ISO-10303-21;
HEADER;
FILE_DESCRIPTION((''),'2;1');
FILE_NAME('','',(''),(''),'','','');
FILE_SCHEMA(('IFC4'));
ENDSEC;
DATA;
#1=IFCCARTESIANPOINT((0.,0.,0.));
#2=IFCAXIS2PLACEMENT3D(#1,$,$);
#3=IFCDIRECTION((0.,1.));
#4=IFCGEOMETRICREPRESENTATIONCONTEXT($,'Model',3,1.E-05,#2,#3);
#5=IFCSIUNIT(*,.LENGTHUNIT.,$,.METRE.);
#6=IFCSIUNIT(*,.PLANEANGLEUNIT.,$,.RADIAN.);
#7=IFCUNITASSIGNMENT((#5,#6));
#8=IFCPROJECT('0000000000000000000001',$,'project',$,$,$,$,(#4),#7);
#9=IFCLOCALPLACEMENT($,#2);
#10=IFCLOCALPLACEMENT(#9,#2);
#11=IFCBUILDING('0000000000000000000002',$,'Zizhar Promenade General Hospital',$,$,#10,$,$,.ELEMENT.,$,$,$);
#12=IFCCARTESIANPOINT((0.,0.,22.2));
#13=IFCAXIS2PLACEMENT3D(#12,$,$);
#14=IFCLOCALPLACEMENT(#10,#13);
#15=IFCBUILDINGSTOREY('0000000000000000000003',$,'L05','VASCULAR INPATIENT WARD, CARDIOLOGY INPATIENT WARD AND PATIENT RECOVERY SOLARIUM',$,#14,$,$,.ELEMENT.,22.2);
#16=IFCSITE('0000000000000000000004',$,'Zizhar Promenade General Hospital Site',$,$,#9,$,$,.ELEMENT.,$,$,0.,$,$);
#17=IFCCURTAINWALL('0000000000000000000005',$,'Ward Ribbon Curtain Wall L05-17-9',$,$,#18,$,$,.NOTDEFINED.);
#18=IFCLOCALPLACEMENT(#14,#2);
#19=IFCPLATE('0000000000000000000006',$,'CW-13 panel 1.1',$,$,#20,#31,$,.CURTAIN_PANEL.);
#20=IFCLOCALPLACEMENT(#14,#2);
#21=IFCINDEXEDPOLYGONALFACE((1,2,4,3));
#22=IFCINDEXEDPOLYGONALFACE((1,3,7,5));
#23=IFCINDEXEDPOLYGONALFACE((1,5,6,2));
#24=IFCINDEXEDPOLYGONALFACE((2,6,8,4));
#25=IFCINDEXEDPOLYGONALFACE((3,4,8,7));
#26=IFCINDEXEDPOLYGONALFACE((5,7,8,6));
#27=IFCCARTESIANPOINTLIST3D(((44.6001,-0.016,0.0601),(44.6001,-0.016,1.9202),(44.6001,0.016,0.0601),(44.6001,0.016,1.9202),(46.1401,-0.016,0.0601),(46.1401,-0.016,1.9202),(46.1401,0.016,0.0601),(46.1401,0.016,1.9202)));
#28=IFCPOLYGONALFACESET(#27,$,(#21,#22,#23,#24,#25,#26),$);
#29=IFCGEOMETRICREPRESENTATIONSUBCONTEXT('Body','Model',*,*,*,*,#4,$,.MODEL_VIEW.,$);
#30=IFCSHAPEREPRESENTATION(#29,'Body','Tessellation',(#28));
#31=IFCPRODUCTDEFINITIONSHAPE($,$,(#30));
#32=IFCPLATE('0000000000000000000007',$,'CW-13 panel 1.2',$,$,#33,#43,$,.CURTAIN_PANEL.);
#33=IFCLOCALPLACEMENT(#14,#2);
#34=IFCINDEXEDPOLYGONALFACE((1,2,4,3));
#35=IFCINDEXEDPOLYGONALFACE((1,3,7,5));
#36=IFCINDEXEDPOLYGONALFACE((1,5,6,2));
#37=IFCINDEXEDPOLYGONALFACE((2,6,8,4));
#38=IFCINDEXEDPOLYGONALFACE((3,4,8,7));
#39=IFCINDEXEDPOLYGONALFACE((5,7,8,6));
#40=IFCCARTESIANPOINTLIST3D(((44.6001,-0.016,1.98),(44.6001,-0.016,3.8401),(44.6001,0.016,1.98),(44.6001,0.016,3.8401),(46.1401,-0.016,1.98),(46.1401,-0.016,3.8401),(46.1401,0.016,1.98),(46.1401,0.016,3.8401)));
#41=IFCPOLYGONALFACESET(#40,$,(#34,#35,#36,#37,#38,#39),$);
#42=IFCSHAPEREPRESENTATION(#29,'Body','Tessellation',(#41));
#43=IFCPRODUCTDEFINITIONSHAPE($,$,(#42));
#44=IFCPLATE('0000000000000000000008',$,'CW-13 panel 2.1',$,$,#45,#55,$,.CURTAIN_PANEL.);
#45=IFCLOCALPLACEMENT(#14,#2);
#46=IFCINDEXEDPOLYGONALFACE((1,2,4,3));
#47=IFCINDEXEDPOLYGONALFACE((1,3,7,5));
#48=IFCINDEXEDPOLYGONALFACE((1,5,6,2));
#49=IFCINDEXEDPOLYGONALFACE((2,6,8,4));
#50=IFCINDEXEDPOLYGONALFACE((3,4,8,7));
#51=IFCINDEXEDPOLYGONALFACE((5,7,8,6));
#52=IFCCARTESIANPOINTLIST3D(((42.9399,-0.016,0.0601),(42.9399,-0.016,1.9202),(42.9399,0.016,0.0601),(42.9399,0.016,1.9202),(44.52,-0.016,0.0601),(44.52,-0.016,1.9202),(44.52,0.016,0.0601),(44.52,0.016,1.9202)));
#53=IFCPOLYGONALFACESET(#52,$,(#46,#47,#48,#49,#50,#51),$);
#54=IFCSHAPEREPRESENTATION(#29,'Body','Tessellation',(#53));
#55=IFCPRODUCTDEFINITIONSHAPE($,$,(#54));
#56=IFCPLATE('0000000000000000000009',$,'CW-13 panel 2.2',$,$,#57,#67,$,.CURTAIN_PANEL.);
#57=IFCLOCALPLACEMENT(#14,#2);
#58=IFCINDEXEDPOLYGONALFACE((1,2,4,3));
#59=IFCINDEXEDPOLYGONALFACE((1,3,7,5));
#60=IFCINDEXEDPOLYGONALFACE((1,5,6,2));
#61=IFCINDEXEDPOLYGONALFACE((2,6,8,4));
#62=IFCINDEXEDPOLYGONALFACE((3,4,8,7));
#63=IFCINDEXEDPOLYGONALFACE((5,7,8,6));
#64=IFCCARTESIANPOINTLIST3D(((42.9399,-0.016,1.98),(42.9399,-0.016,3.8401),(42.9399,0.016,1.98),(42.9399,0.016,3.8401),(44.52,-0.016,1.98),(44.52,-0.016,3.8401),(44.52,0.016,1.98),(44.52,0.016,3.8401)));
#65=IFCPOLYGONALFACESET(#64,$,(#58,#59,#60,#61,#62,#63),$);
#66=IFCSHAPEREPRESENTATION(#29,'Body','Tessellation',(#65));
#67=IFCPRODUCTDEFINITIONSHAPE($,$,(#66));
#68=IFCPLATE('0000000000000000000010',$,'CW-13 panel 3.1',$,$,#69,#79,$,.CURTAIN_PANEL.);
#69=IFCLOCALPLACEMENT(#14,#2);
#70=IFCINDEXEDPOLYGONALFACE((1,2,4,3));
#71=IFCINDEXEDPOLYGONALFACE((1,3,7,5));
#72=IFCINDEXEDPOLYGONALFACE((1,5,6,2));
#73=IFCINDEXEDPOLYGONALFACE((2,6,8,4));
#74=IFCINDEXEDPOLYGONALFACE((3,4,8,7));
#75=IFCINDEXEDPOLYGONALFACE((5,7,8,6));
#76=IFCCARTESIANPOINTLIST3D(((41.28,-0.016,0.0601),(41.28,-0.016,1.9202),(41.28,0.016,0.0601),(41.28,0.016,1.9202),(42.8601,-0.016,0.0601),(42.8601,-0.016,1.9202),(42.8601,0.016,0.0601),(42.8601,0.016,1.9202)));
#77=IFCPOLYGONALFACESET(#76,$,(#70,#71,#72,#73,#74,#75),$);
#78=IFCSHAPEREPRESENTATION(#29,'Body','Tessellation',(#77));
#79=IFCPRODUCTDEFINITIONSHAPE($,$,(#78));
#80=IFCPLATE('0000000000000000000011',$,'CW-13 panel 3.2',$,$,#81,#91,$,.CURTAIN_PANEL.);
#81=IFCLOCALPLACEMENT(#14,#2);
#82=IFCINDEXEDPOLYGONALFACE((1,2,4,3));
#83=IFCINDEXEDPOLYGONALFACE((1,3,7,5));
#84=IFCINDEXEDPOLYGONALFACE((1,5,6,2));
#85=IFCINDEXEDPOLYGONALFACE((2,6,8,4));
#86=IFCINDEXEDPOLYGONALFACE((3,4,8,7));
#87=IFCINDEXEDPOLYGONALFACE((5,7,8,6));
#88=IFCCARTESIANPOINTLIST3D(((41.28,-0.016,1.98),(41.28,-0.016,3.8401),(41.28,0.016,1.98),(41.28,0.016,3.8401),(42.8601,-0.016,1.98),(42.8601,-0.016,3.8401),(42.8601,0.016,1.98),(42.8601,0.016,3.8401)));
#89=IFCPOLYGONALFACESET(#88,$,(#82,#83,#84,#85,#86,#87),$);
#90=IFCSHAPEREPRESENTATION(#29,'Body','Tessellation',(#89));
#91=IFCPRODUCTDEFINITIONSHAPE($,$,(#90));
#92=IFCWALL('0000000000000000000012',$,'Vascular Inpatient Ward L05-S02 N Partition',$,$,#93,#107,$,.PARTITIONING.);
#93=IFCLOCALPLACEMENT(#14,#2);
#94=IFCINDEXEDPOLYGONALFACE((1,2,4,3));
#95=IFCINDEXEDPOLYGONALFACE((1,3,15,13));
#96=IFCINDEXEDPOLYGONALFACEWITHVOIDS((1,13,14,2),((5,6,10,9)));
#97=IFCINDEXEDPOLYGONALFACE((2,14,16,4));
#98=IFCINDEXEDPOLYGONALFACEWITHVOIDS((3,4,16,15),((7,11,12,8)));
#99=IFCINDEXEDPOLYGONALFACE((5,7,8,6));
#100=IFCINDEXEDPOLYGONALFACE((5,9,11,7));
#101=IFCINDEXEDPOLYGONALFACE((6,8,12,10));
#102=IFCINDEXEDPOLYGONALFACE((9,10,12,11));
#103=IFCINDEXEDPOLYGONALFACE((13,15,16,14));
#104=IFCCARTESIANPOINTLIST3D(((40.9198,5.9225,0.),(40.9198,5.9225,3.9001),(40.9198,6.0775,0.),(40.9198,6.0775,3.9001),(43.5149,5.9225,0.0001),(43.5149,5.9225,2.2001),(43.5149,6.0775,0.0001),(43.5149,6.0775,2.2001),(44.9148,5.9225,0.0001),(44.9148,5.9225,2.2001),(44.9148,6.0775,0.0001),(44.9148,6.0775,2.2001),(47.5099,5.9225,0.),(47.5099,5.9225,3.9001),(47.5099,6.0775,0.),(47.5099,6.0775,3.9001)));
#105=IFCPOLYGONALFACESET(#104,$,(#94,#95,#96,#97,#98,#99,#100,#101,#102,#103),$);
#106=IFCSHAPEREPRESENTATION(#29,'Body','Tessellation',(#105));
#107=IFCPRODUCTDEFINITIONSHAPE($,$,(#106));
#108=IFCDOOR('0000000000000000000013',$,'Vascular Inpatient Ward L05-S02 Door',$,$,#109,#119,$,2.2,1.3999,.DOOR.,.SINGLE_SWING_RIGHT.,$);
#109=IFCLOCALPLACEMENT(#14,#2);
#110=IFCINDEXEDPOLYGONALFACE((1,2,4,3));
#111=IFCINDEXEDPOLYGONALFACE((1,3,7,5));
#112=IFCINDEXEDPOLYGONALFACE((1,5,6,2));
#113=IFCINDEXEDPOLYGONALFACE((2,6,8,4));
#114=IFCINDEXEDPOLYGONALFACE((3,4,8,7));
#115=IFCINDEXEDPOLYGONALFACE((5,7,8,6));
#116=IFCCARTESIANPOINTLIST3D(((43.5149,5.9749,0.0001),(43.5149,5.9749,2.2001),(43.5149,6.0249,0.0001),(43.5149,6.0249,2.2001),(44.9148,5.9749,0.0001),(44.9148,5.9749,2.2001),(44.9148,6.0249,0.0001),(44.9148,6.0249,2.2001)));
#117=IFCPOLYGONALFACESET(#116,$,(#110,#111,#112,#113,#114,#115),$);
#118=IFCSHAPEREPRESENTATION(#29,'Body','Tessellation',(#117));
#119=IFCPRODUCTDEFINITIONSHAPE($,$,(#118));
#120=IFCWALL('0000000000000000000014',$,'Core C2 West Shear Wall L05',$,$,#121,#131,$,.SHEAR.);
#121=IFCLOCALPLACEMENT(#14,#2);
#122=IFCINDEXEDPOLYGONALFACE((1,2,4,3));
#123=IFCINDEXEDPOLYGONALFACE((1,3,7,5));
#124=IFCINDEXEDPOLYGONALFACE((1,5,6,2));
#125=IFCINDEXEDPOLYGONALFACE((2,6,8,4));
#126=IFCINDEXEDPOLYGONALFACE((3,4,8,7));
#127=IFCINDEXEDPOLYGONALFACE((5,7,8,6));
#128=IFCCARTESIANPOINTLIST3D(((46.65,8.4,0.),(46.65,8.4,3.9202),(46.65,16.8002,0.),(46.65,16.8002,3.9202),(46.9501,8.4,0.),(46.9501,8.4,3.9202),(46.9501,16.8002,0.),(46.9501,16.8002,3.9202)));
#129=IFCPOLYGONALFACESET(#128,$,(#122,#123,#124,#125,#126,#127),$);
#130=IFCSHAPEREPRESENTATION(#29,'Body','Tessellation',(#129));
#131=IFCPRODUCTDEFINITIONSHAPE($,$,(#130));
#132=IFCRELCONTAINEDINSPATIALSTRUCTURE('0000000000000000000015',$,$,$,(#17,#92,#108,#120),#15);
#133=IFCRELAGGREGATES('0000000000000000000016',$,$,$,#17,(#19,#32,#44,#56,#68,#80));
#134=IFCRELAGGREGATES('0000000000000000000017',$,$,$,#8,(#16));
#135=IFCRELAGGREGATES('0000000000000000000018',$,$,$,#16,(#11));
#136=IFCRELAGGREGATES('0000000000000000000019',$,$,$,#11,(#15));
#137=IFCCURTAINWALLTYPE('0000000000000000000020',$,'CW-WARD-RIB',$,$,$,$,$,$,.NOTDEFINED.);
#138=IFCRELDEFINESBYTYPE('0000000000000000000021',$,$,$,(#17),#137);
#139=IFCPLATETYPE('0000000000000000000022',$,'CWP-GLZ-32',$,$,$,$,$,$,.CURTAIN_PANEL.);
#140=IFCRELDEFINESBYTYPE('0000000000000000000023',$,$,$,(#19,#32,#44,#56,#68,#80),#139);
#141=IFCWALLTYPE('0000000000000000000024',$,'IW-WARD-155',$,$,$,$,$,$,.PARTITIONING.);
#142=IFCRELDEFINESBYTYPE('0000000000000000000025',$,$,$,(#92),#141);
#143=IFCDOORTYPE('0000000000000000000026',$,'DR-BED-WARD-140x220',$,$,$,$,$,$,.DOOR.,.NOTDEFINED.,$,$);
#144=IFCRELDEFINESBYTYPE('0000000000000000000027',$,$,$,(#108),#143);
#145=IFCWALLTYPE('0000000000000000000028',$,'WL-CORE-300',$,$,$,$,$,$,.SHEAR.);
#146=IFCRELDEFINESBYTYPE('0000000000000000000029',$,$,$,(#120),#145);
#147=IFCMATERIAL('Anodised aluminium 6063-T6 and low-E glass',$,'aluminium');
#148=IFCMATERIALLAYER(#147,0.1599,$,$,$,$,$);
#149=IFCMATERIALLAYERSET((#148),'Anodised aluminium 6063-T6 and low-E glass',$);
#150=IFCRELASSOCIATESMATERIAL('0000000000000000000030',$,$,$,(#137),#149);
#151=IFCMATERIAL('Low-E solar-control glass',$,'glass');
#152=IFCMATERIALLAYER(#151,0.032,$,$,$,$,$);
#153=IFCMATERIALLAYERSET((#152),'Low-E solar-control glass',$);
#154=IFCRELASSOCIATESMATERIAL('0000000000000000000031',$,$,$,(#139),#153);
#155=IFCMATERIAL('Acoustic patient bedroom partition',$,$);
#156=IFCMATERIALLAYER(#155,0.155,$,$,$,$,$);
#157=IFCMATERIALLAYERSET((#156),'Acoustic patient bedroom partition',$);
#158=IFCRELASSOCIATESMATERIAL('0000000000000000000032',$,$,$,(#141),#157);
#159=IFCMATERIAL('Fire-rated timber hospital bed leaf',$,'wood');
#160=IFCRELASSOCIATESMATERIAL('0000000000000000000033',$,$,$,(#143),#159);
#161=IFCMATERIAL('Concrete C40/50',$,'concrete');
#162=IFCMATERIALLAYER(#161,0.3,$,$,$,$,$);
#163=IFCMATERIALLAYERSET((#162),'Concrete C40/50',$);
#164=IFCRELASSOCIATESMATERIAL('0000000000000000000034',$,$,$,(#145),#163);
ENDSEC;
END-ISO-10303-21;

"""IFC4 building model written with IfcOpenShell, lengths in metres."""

from ifc_helpers import new_model, si_unit, direction, frame, frame_2d, origin, origin_2d, place, context, subcontext, project, spatial, rectangle, extrude, material, layer, layer_set, type_object, element, fill, aggregate, save


model = new_model("IFC4")

# Units and contexts
model_context = context("Model", 3, precision=1e-05, world=origin(), true_north=direction((0.0, 1.0)))
body_context = subcontext(model_context, "Body", "Model", "MODEL_VIEW")
ifc_project = project(units=[si_unit("LENGTHUNIT", "METRE"), si_unit("PLANEANGLEUNIT", "RADIAN")], contexts=[model_context])

# Site, building, storey
site_placement = place(None, origin())
site = spatial("IfcSite", under=ifc_project, at=site_placement, Name="Zizhar Promenade General Hospital Site", CompositionType="ELEMENT", RefElevation=0.0)
building_placement = place(site_placement, origin())
building = spatial("IfcBuilding", under=site, at=building_placement, Name="Zizhar Promenade General Hospital", CompositionType="ELEMENT")
storey_placement = place(building_placement, frame((0.0, 0.0, 22.2)))
storey = spatial("IfcBuildingStorey", under=building, at=storey_placement, Name="L05", Description="VASCULAR INPATIENT WARD, CARDIOLOGY INPATIENT WARD AND PATIENT RECOVERY SOLARIUM", CompositionType="ELEMENT", Elevation=22.2)

# Shared definitions
ifc_material_1 = material(Name="Anodised aluminium 6063-T6 and low-E glass", Category="aluminium")
ifc_layer_1 = layer(ifc_material_1, 0.1599)
ifc_layer_set_1 = layer_set([ifc_layer_1], Name="Anodised aluminium 6063-T6 and low-E glass")
curtain_wall_type = type_object("IfcCurtainWallType", Name="CW-WARD-RIB", PredefinedType="NOTDEFINED", material=ifc_layer_set_1)

# Curtain wall, plates
curtain_wall_1_placement = place(storey_placement, origin())
curtain_wall_1 = element("IfcCurtainWall", 1, at=curtain_wall_1_placement, inside=storey, type_object=curtain_wall_type, Name="Ward Ribbon Curtain Wall L05-17-9", PredefinedType="NOTDEFINED")
ifc_material_2 = material(Name="Low-E solar-control glass", Category="glass")
ifc_layer_2 = layer(ifc_material_2, 0.032)
ifc_layer_set_2 = layer_set([ifc_layer_2], Name="Low-E solar-control glass")
plate_type = type_object("IfcPlateType", Name="CWP-GLZ-32", PredefinedType="CURTAIN_PANEL", material=ifc_layer_set_2)
plate_1_placement = place(storey_placement, frame((45.3701, 0.0, 0.0601), z_axis=(0.0, 0.0, 1.0), x_axis=(-1.0, 0.0, 0.0)))
plate_1 = element("IfcPlate", 2, at=plate_1_placement, type_object=plate_type, Name="CW-13 panel 1.1", PredefinedType="CURTAIN_PANEL", context=body_context, shape_type="SweptSolid", body=[
    extrude(rectangle(XDim=1.54, YDim=0.032, at=origin_2d()), origin(), (0.0, 0.0, 1.0), 1.8601),
])
plate_2_placement = place(storey_placement, frame((45.3701, 0.0, 1.98), z_axis=(0.0, 0.0, 1.0), x_axis=(-1.0, 0.0, 0.0)))
plate_2 = element("IfcPlate", 3, at=plate_2_placement, type_object=plate_type, Name="CW-13 panel 1.2", PredefinedType="CURTAIN_PANEL", context=body_context, shape_type="SweptSolid", body=[
    extrude(rectangle(XDim=1.54, YDim=0.032, at=origin_2d()), origin(), (0.0, 0.0, 1.0), 1.8601),
])
plate_3_placement = place(storey_placement, frame((43.73, 0.0, 0.0601), z_axis=(0.0, 0.0, 1.0), x_axis=(-1.0, 0.0, 0.0)))
plate_3 = element("IfcPlate", 4, at=plate_3_placement, type_object=plate_type, Name="CW-13 panel 2.1", PredefinedType="CURTAIN_PANEL", context=body_context, shape_type="SweptSolid", body=[
    extrude(rectangle(XDim=1.5801, YDim=0.032, at=origin_2d()), origin(), (0.0, 0.0, 1.0), 1.8601),
])
plate_4_placement = place(storey_placement, frame((43.73, 0.0, 1.98), z_axis=(0.0, 0.0, 1.0), x_axis=(-1.0, 0.0, 0.0)))
plate_4 = element("IfcPlate", 5, at=plate_4_placement, type_object=plate_type, Name="CW-13 panel 2.2", PredefinedType="CURTAIN_PANEL", context=body_context, shape_type="SweptSolid", body=[
    extrude(rectangle(XDim=1.5801, YDim=0.032, at=origin_2d()), origin(), (0.0, 0.0, 1.0), 1.8601),
])
plate_5_placement = place(storey_placement, frame((42.0701, 0.0, 0.0601), z_axis=(0.0, 0.0, 1.0), x_axis=(-1.0, 0.0, 0.0)))
plate_5 = element("IfcPlate", 6, at=plate_5_placement, type_object=plate_type, Name="CW-13 panel 3.1", PredefinedType="CURTAIN_PANEL", context=body_context, shape_type="SweptSolid", body=[
    extrude(rectangle(XDim=1.5801, YDim=0.032, at=origin_2d()), origin(), (0.0, 0.0, 1.0), 1.8601),
])
plate_6_placement = place(storey_placement, frame((42.0701, 0.0, 1.98), z_axis=(0.0, 0.0, 1.0), x_axis=(-1.0, 0.0, 0.0)))
plate_6 = element("IfcPlate", 7, at=plate_6_placement, type_object=plate_type, Name="CW-13 panel 3.2", PredefinedType="CURTAIN_PANEL", context=body_context, shape_type="SweptSolid", body=[
    extrude(rectangle(XDim=1.5801, YDim=0.032, at=origin_2d()), origin(), (0.0, 0.0, 1.0), 1.8601),
])
aggregate(curtain_wall_1, [plate_1, plate_2, plate_3, plate_4, plate_5, plate_6])

# Wall, opening, door
ifc_material_3 = material(Name="Acoustic patient bedroom partition")
ifc_layer_3 = layer(ifc_material_3, 0.155)
ifc_layer_set_3 = layer_set([ifc_layer_3], Name="Acoustic patient bedroom partition")
wall_type_1 = type_object("IfcWallType", Name="IW-WARD-155", PredefinedType="PARTITIONING", material=ifc_layer_set_3)
wall_1_placement = place(storey_placement, frame((40.9199, 6.0, 0.0), z_axis=(0.0, 0.0, 1.0), x_axis=(1.0, 0.0, 0.0)))
wall_1 = element("IfcWall", 8, at=wall_1_placement, inside=storey, type_object=wall_type_1, Name="Vascular Inpatient Ward L05-S02 N Partition", PredefinedType="PARTITIONING", context=body_context, shape_type="SweptSolid", body=[
    extrude(rectangle(XDim=6.5901, YDim=0.155, at=frame_2d((3.2949, 0.0))), origin(), (0.0, 0.0, 1.0), 3.9001),
])
opening_1_placement = place(wall_1_placement, frame((2.595, 0.0, 0.0)))
opening_1 = element("IfcOpeningElement", 9, at=opening_1_placement, cuts=wall_1, PredefinedType="OPENING", context=body_context, shape_type="SweptSolid", body=[
    extrude(rectangle(XDim=1.3999, YDim=2.2, at=frame_2d((0.7, 1.1001))), frame((0.0, 0.0874, 0.0), z_axis=(0.0, -1.0, 0.0), x_axis=(1.0, 0.0, 0.0)), (0.0, 0.0, 1.0), 0.175),
])
ifc_material_4 = material(Name="Fire-rated timber hospital bed leaf", Category="wood")
door_type_1 = type_object("IfcDoorType", Name="DR-BED-WARD-140x220", OperationType="NOTDEFINED", PredefinedType="DOOR", material=ifc_material_4)
door_1_placement = place(opening_1_placement, origin())
door_1 = element("IfcDoor", 10, at=door_1_placement, inside=storey, type_object=door_type_1, Name="Vascular Inpatient Ward L05-S02 Door", OperationType="SINGLE_SWING_RIGHT", OverallHeight=2.2, OverallWidth=1.3999, PredefinedType="DOOR", context=body_context, shape_type="SweptSolid", body=[
    extrude(rectangle(XDim=1.3999, YDim=2.2, at=frame_2d((0.7, 1.1001))), frame((0.0, 0.0249, 0.0), z_axis=(0.0, -1.0, 0.0), x_axis=(1.0, 0.0, 0.0)), (0.0, 0.0, 1.0), 0.05),
])
fill(opening_1, door_1)

# Wall
ifc_material_5 = material(Name="Concrete C40/50", Category="concrete")
ifc_layer_4 = layer(ifc_material_5, 0.3)
ifc_layer_set_4 = layer_set([ifc_layer_4], Name="Concrete C40/50")
wall_type_2 = type_object("IfcWallType", Name="WL-CORE-300", PredefinedType="SHEAR", material=ifc_layer_set_4)
wall_2_placement = place(storey_placement, frame((46.8, 8.3999, 0.0), z_axis=(0.0, 0.0, 1.0), x_axis=(0.0, 1.0, 0.0)))
element("IfcWall", 11, at=wall_2_placement, inside=storey, type_object=wall_type_2, Name="Core C2 West Shear Wall L05", PredefinedType="SHEAR", context=body_context, shape_type="SweptSolid", body=[
    extrude(rectangle(XDim=8.4001, YDim=0.3, at=frame_2d((4.2002, 0.0))), origin(), (0.0, 0.0, 1.0), 3.9202),
])

save(model, "model.ifc")
